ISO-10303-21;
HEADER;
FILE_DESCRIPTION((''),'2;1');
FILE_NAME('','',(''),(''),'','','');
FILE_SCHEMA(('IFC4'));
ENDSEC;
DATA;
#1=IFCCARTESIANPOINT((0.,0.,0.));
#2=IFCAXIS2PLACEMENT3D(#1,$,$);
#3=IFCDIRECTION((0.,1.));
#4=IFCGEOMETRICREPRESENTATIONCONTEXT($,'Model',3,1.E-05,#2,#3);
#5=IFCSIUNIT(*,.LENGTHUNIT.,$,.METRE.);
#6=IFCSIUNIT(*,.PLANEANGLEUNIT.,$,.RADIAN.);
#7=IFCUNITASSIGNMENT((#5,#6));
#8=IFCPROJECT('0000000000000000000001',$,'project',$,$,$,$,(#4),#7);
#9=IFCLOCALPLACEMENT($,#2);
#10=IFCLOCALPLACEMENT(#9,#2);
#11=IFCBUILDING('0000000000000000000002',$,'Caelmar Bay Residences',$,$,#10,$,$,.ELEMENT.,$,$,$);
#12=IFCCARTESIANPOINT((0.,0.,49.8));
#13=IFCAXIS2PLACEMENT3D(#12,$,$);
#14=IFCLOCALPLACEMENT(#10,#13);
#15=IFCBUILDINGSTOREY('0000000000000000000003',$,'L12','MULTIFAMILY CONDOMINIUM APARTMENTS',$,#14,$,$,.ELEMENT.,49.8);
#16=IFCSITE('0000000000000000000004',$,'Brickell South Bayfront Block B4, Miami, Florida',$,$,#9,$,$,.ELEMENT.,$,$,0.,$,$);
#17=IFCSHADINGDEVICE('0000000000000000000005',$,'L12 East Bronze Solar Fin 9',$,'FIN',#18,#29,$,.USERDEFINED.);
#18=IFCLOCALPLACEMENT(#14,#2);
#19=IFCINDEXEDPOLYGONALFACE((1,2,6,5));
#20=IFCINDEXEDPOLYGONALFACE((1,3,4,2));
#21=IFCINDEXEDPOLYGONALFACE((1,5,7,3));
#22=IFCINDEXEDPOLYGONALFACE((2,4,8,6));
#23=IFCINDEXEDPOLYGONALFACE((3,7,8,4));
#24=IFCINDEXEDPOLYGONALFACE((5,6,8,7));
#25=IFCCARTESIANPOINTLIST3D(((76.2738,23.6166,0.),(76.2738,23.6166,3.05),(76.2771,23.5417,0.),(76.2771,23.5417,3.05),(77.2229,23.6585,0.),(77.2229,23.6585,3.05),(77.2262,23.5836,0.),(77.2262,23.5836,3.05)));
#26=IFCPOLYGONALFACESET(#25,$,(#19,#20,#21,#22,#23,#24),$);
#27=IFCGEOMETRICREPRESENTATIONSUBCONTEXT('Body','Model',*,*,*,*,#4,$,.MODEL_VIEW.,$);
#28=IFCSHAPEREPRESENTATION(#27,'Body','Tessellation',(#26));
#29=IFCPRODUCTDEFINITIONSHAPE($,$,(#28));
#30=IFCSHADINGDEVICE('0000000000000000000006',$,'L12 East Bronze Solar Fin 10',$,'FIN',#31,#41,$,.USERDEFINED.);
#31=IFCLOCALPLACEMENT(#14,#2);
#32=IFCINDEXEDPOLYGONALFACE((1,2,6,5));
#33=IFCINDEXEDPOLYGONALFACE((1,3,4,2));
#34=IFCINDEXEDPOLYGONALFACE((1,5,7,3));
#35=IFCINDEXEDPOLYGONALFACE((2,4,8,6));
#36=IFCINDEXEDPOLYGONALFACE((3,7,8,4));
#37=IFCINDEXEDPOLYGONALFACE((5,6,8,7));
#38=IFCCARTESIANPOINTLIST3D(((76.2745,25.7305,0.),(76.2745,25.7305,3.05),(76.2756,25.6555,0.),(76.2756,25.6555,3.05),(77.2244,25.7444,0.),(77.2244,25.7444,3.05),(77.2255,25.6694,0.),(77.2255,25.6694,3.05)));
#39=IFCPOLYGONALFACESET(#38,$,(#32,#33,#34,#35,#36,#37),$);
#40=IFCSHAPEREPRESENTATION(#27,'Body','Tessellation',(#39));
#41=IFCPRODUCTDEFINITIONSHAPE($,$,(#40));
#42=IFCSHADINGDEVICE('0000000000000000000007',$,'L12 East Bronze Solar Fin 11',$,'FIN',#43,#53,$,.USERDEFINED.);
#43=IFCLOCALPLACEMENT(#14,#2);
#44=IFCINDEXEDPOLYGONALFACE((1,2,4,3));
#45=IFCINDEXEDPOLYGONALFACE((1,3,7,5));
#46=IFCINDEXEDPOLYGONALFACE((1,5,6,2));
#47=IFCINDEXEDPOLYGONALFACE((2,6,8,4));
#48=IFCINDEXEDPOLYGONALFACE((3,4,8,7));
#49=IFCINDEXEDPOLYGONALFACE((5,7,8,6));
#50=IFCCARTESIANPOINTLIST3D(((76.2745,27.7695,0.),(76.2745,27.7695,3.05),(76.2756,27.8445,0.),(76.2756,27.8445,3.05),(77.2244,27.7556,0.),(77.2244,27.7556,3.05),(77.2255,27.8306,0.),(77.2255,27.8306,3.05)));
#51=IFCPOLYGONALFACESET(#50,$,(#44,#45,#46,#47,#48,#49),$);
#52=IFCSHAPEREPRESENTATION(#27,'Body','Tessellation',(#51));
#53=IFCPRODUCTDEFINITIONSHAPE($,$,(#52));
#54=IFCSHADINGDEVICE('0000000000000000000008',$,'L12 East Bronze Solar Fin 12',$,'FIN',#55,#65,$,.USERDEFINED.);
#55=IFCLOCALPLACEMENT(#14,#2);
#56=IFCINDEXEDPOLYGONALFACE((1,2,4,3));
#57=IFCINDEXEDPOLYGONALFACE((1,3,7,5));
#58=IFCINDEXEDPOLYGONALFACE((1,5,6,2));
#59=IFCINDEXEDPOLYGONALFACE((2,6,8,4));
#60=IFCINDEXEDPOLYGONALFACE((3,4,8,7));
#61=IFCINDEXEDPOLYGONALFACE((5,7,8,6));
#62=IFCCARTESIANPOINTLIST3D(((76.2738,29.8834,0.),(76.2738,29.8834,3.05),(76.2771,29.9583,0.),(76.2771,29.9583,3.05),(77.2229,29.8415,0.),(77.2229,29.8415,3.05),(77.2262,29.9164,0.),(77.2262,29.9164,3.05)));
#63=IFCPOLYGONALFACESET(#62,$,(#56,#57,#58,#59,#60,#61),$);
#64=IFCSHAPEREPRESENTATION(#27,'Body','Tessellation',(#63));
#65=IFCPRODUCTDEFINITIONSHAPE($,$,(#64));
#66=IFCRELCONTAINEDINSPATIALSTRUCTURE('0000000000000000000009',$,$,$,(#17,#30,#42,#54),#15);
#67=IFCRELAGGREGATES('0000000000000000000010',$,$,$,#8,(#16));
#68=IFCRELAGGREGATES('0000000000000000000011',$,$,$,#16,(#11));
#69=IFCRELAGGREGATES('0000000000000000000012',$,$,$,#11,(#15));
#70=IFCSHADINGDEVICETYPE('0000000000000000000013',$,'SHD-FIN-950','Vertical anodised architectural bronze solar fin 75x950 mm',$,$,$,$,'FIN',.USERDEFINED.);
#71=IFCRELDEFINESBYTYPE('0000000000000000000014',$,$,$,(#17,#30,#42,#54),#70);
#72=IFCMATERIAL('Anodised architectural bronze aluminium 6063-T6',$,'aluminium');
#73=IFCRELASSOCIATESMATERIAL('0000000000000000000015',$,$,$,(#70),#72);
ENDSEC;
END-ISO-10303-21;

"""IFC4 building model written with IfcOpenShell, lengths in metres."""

from ifc_helpers import new_model, si_unit, direction, frame, origin, origin_2d, place, context, subcontext, project, spatial, rectangle, extrude, material, material_profile, profile_set, type_object, element, save


model = new_model("IFC4")

# Units and contexts
model_context = context("Model", 3, precision=1e-05, world=origin(), true_north=direction((0.0, 1.0)))
body_context = subcontext(model_context, "Body", "Model", "MODEL_VIEW")
ifc_project = project(units=[si_unit("LENGTHUNIT", "METRE"), si_unit("PLANEANGLEUNIT", "RADIAN")], contexts=[model_context])

# Site, building, storey
site_placement = place(None, origin())
site = spatial("IfcSite", under=ifc_project, at=site_placement, Name="Brickell South Bayfront Block B4, Miami, Florida", CompositionType="ELEMENT", RefElevation=0.0)
building_placement = place(site_placement, origin())
building = spatial("IfcBuilding", under=site, at=building_placement, Name="Caelmar Bay Residences", CompositionType="ELEMENT")
storey_placement = place(building_placement, frame((0.0, 0.0, 49.8)))
storey = spatial("IfcBuildingStorey", under=building, at=storey_placement, Name="L12", Description="MULTIFAMILY CONDOMINIUM APARTMENTS", CompositionType="ELEMENT", Elevation=49.8)

# Shading devices
ifc_material_1 = material(Name="Anodised architectural bronze aluminium 6063-T6", Category="aluminium")
ifc_material_profile_1 = material_profile(ifc_material_1, rectangle(XDim=0.075, YDim=0.95, at=origin_2d()), Name="BRONZE-FIN-75X950")
ifc_profile_set_1 = profile_set([ifc_material_profile_1], Name="Anodised architectural bronze aluminium 6063-T6")
shading_device_type = type_object("IfcShadingDeviceType", Name="SHD-FIN-950", Description="Vertical anodised architectural bronze solar fin 75x950 mm", ElementType="FIN", PredefinedType="USERDEFINED", material=ifc_profile_set_1)
for number, where, z_axis, x_axis, name in (
    (1, (76.75, 23.6001, 0.0), (0.0, 0.0, 1.0), (-0.044142, 0.999025, 0.0), "L12 East Bronze Solar Fin 9"),
    (2, (76.75, 25.7, 0.0), (0.0, 0.0, 1.0), (-0.01466, 0.999893, 0.0), "L12 East Bronze Solar Fin 10"),
    (3, (76.75, 27.8, 0.0), (0.0, 0.0, 1.0), (0.01466, 0.999893, 0.0), "L12 East Bronze Solar Fin 11"),
    (4, (76.75, 29.8999, 0.0), (0.0, 0.0, 1.0), (0.044142, 0.999025, 0.0), "L12 East Bronze Solar Fin 12"),
):
    element("IfcShadingDevice", number, at=place(storey_placement, frame(where, z_axis=z_axis, x_axis=x_axis)), inside=storey, type_object=shading_device_type, Name=name, ObjectType="FIN", PredefinedType="USERDEFINED", context=body_context, shape_type="SweptSolid", body=[
        extrude(rectangle(XDim=0.075, YDim=0.95, at=origin_2d()), origin(), (0.0, 0.0, 1.0), 3.05),
    ])

save(model, "model.ifc")
